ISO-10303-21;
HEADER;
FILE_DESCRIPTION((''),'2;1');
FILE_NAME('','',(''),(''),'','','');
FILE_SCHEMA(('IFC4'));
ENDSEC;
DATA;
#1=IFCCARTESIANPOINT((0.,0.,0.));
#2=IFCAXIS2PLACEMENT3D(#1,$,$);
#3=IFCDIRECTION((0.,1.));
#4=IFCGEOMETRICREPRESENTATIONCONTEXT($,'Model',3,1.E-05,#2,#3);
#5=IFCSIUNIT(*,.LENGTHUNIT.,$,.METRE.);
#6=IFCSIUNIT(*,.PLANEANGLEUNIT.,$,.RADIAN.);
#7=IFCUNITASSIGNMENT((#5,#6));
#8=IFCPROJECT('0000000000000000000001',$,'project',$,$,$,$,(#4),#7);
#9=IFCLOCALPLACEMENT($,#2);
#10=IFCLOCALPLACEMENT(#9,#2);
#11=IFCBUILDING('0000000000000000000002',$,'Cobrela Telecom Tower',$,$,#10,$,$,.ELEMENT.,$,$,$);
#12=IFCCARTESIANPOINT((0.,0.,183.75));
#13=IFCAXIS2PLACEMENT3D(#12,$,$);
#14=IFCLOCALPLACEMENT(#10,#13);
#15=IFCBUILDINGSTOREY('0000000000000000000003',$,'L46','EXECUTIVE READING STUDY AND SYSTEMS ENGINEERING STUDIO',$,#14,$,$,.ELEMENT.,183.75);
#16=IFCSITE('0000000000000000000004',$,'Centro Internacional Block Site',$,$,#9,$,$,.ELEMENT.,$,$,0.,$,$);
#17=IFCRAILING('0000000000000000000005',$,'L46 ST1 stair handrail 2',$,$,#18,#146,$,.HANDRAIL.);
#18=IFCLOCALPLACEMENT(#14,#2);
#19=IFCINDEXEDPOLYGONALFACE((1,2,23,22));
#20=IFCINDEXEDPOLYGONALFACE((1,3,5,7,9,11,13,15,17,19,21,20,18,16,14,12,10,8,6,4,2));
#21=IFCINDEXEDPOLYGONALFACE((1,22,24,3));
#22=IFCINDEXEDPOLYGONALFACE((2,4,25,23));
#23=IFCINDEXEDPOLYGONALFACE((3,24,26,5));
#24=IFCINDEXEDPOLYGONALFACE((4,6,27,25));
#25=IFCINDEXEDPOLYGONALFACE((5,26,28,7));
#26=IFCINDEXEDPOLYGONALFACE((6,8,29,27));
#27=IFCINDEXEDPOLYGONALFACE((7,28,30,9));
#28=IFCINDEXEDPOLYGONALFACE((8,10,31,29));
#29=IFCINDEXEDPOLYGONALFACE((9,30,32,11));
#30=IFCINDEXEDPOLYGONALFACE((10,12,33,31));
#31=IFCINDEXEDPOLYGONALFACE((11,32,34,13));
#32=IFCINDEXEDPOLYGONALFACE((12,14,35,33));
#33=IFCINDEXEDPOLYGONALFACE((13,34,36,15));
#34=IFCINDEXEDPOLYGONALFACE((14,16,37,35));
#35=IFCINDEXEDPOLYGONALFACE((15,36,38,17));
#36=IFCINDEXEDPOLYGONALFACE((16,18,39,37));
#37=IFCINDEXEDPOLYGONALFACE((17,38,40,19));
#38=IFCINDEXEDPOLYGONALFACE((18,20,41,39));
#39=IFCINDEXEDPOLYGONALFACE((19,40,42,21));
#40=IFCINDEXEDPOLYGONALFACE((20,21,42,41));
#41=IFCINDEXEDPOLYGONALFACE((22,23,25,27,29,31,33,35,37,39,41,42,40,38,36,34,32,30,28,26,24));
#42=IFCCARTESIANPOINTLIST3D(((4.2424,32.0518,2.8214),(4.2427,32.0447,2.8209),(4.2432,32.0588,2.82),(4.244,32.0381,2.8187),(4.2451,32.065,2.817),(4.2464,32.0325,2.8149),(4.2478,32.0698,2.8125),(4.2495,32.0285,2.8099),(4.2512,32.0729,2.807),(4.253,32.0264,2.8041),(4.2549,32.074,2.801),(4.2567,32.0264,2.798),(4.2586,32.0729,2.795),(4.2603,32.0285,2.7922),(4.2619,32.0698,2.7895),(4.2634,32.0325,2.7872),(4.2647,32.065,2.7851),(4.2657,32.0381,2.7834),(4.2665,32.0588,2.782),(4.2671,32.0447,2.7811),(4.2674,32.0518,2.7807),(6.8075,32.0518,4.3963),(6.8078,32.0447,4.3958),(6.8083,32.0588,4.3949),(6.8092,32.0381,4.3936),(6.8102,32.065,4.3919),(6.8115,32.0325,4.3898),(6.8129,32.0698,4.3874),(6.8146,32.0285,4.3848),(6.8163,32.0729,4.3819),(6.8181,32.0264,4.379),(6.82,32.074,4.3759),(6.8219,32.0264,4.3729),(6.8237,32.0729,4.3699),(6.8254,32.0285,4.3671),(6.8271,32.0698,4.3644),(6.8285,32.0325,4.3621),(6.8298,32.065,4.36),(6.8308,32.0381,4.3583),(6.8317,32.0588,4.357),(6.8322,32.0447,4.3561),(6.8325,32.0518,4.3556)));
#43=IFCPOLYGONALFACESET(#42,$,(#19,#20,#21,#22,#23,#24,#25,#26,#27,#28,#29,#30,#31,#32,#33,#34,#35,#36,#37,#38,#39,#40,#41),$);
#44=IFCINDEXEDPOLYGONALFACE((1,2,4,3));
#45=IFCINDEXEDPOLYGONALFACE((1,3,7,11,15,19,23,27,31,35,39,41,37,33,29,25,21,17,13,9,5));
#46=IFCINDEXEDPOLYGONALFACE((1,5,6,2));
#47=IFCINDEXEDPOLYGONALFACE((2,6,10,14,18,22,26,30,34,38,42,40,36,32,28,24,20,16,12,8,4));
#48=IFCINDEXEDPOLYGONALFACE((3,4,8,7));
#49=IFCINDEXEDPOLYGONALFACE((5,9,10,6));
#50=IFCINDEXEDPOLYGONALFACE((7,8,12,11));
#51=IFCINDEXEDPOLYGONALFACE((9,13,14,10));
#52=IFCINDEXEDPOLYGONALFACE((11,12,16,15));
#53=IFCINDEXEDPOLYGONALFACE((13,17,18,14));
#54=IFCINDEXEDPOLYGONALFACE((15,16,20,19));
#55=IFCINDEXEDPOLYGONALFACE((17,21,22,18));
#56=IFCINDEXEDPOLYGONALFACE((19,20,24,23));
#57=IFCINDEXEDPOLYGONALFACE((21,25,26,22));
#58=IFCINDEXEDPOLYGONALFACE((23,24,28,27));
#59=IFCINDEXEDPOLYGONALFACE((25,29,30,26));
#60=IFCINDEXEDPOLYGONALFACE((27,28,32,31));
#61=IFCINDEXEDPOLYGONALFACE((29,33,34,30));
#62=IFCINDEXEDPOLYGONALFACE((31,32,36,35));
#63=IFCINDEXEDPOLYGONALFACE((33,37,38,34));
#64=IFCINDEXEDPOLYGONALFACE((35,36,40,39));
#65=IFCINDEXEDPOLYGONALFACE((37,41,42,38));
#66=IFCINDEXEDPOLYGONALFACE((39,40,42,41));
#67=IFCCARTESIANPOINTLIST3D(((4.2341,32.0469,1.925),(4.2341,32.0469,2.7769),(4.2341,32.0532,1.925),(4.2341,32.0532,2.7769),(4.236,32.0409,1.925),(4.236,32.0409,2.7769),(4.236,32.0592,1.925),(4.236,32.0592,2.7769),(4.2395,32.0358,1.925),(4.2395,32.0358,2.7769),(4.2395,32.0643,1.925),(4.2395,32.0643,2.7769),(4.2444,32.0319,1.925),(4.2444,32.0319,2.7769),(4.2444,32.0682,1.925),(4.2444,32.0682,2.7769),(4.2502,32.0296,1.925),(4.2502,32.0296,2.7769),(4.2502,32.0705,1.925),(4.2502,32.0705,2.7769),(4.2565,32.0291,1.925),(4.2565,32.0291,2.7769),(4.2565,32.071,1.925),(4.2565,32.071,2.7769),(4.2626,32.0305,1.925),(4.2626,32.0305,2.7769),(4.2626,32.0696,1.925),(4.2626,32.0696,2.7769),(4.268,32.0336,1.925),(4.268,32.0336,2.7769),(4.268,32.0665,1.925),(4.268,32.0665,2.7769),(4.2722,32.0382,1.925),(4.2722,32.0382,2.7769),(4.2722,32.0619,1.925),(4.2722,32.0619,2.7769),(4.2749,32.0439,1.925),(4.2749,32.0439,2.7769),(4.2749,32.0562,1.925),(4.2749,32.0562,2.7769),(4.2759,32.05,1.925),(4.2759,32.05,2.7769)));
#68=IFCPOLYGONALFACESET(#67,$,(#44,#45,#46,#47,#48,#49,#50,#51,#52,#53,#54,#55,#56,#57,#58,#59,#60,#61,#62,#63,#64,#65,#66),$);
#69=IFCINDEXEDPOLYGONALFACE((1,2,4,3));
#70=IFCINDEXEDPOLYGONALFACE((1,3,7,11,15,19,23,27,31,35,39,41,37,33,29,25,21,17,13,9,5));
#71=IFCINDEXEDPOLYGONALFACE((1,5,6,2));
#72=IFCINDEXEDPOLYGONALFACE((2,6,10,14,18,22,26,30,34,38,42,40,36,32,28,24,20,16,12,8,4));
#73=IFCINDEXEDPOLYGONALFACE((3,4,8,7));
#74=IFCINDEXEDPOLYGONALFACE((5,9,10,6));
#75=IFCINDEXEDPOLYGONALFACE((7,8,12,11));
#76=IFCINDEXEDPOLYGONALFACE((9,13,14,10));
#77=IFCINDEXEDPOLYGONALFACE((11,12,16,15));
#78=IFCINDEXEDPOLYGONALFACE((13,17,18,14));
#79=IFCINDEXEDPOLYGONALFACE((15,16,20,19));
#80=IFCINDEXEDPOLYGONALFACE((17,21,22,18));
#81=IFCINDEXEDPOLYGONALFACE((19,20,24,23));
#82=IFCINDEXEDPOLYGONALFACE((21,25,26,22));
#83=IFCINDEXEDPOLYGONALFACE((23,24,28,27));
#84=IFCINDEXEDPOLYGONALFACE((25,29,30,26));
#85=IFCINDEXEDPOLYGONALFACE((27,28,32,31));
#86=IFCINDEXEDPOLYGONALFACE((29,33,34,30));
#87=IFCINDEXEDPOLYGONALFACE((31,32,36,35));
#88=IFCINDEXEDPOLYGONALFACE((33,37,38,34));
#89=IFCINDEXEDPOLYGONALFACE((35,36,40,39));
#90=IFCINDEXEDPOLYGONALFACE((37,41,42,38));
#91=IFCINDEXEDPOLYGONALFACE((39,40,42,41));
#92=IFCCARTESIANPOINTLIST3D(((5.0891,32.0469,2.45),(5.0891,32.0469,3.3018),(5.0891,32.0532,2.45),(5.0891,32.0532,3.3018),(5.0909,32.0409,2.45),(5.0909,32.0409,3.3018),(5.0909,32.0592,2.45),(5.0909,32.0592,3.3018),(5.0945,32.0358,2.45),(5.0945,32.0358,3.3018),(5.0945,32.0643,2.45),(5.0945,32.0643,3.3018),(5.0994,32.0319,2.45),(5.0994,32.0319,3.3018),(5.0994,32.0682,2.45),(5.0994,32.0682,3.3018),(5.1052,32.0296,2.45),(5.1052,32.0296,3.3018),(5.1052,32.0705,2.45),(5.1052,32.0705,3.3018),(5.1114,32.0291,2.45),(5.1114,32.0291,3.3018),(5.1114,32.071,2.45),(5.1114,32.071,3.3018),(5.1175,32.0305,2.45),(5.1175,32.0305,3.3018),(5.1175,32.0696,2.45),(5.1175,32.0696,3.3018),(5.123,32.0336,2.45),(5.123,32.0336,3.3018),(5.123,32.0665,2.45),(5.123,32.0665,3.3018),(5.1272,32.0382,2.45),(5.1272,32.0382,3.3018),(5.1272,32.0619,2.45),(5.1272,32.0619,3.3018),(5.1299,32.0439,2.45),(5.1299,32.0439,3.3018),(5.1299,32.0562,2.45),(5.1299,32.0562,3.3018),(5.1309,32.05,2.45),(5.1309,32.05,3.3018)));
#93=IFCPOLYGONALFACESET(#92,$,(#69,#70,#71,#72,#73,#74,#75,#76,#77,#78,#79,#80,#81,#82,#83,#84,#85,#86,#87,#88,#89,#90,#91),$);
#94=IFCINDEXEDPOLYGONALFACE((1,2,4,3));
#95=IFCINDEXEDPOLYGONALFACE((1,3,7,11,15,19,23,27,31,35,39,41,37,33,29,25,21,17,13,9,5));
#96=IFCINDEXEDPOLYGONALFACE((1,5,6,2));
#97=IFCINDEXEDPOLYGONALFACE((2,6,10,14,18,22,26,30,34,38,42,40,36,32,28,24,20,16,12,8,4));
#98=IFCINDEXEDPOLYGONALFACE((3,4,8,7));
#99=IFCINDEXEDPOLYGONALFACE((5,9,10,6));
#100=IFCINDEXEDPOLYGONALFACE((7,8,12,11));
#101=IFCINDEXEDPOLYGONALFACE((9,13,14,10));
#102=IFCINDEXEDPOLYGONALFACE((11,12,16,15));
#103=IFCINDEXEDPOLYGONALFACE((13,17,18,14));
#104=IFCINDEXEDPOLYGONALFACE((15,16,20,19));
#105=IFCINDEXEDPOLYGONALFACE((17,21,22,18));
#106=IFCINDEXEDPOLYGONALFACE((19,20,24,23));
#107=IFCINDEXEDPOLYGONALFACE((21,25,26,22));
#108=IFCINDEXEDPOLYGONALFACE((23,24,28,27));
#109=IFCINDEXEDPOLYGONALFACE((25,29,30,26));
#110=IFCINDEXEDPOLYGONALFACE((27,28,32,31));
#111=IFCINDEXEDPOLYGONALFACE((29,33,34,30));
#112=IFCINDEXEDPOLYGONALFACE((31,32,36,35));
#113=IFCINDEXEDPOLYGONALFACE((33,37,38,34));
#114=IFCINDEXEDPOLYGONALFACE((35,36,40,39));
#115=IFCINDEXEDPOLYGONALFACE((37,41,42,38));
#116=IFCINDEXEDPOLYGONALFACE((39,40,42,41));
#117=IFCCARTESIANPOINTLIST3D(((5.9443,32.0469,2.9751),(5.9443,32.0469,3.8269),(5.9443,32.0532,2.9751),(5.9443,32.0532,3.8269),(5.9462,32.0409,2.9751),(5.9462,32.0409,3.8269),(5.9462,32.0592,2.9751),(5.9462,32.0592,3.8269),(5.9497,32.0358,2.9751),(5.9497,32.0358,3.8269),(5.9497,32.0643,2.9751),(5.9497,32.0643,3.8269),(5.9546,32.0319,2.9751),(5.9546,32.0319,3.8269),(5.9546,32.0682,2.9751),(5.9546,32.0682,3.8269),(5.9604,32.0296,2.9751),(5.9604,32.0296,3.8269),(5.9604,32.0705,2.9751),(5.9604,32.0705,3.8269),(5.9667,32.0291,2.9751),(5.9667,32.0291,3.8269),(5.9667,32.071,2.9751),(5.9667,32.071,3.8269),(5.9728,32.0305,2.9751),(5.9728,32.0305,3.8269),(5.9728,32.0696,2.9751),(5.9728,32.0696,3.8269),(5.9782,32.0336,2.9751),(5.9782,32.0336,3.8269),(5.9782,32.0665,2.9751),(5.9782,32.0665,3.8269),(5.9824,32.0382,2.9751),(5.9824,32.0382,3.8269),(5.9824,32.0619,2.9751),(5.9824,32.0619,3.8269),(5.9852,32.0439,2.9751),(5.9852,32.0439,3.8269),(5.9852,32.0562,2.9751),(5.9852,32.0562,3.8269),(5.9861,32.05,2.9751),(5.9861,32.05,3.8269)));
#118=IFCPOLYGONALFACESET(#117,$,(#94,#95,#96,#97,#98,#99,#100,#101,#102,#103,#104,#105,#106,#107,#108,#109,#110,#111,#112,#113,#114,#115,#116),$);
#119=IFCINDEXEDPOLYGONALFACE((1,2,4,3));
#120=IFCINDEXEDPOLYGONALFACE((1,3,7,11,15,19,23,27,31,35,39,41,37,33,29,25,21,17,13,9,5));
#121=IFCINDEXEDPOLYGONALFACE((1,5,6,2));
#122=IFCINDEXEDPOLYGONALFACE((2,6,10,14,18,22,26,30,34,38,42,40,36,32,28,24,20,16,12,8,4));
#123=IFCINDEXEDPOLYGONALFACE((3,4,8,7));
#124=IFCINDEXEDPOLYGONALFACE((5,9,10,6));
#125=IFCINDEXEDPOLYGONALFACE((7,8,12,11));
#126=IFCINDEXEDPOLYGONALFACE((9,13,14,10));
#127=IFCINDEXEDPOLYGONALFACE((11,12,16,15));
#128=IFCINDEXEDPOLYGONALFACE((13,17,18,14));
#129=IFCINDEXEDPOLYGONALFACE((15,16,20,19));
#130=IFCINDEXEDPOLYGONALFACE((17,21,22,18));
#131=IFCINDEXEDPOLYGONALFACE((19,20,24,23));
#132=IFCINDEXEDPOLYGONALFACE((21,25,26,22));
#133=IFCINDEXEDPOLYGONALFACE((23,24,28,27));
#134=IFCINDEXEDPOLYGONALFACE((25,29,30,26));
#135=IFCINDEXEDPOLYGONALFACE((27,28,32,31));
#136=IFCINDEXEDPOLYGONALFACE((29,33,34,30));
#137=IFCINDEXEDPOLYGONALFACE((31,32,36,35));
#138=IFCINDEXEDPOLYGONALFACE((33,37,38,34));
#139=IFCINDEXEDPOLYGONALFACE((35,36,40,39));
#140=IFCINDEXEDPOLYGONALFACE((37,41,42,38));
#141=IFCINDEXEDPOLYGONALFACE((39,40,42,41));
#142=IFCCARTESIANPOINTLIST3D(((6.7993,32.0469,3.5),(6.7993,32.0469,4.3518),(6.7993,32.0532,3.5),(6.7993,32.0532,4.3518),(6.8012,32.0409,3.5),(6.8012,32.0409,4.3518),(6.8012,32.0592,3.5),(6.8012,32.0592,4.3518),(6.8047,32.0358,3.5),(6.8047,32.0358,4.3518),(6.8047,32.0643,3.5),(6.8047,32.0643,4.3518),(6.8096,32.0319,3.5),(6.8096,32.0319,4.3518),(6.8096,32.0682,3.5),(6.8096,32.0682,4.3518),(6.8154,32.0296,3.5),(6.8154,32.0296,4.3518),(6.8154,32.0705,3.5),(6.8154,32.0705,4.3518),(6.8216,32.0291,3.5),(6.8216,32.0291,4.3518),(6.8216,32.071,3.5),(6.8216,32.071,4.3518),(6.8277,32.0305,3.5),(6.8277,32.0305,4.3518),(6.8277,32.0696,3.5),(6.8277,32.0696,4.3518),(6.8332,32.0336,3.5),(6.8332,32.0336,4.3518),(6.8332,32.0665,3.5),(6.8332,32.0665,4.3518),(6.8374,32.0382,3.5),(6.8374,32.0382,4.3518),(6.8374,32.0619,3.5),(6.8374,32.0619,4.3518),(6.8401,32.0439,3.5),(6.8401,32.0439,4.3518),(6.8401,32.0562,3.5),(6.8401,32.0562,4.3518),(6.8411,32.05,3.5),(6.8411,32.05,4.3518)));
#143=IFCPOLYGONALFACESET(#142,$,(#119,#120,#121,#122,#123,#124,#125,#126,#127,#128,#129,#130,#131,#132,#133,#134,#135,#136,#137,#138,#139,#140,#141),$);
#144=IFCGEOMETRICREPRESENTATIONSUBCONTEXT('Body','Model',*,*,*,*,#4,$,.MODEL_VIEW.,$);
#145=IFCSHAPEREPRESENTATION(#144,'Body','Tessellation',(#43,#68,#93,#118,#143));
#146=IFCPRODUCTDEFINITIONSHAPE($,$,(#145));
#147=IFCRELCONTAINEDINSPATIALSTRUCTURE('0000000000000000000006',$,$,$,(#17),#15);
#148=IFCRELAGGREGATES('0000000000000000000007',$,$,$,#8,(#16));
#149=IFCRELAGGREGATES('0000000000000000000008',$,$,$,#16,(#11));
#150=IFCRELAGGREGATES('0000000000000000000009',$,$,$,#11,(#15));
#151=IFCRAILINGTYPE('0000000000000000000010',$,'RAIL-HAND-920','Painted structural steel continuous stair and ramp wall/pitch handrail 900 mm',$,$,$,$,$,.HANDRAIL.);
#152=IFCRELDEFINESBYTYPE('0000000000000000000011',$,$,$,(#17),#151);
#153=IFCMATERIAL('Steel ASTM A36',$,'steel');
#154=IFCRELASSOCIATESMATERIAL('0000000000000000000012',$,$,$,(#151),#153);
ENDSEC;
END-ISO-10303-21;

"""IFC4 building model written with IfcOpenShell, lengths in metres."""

from ifc_helpers import new_model, si_unit, direction, frame, origin, origin_2d, place, context, subcontext, project, spatial, circle, extrude, material, type_object, element, save


model = new_model("IFC4")

# Units and contexts
model_context = context("Model", 3, precision=1e-05, world=origin(), true_north=direction((0.0, 1.0)))
body_context = subcontext(model_context, "Body", "Model", "MODEL_VIEW")
ifc_project = project(units=[si_unit("LENGTHUNIT", "METRE"), si_unit("PLANEANGLEUNIT", "RADIAN")], contexts=[model_context])

# Site, building, storey
site_placement = place(None, origin())
site = spatial("IfcSite", under=ifc_project, at=site_placement, Name="Centro Internacional Block Site", CompositionType="ELEMENT", RefElevation=0.0)
building_placement = place(site_placement, origin())
building = spatial("IfcBuilding", under=site, at=building_placement, Name="Cobrela Telecom Tower", CompositionType="ELEMENT")
storey_placement = place(building_placement, frame((0.0, 0.0, 183.75)))
storey = spatial("IfcBuildingStorey", under=building, at=storey_placement, Name="L46", Description="EXECUTIVE READING STUDY AND SYSTEMS ENGINEERING STUDIO", CompositionType="ELEMENT", Elevation=183.75)

# Shared definitions
ifc_material_1 = material(Name="Steel ASTM A36", Category="steel")

# Railing
railing_type_1 = type_object("IfcRailingType", Name="RAIL-HAND-920", Description="Painted structural steel continuous stair and ramp wall/pitch handrail 900 mm", PredefinedType="HANDRAIL", material=ifc_material_1)
railing_1_placement = place(storey_placement, frame((4.2549, 32.05, 1.925)))
element("IfcRailing", 1, at=railing_1_placement, inside=storey, type_object=railing_type_1, Name="L46 ST1 stair handrail 2", PredefinedType="HANDRAIL", context=body_context, shape_type="SweptSolid", body=[
    extrude(circle(Radius=0.0239, at=origin_2d()), frame((0.0, 0.0, 0.876), z_axis=(0.852195, 0.0, 0.523224), x_axis=(0.0, 1.0, 0.0)), (0.0, 0.0, 1.0), 3.01),
    extrude(circle(Radius=0.021, at=origin_2d()), origin(), (0.0, 0.0, 1.0), 0.8518),
    extrude(circle(Radius=0.021, at=origin_2d()), frame((0.855, 0.0, 0.5249)), (0.0, 0.0, 1.0), 0.8518),
    extrude(circle(Radius=0.021, at=origin_2d()), frame((1.7102, 0.0, 1.05)), (0.0, 0.0, 1.0), 0.8518),
    extrude(circle(Radius=0.021, at=origin_2d()), frame((2.5652, 0.0, 1.575)), (0.0, 0.0, 1.0), 0.8518),
])

save(model, "model.ifc")
